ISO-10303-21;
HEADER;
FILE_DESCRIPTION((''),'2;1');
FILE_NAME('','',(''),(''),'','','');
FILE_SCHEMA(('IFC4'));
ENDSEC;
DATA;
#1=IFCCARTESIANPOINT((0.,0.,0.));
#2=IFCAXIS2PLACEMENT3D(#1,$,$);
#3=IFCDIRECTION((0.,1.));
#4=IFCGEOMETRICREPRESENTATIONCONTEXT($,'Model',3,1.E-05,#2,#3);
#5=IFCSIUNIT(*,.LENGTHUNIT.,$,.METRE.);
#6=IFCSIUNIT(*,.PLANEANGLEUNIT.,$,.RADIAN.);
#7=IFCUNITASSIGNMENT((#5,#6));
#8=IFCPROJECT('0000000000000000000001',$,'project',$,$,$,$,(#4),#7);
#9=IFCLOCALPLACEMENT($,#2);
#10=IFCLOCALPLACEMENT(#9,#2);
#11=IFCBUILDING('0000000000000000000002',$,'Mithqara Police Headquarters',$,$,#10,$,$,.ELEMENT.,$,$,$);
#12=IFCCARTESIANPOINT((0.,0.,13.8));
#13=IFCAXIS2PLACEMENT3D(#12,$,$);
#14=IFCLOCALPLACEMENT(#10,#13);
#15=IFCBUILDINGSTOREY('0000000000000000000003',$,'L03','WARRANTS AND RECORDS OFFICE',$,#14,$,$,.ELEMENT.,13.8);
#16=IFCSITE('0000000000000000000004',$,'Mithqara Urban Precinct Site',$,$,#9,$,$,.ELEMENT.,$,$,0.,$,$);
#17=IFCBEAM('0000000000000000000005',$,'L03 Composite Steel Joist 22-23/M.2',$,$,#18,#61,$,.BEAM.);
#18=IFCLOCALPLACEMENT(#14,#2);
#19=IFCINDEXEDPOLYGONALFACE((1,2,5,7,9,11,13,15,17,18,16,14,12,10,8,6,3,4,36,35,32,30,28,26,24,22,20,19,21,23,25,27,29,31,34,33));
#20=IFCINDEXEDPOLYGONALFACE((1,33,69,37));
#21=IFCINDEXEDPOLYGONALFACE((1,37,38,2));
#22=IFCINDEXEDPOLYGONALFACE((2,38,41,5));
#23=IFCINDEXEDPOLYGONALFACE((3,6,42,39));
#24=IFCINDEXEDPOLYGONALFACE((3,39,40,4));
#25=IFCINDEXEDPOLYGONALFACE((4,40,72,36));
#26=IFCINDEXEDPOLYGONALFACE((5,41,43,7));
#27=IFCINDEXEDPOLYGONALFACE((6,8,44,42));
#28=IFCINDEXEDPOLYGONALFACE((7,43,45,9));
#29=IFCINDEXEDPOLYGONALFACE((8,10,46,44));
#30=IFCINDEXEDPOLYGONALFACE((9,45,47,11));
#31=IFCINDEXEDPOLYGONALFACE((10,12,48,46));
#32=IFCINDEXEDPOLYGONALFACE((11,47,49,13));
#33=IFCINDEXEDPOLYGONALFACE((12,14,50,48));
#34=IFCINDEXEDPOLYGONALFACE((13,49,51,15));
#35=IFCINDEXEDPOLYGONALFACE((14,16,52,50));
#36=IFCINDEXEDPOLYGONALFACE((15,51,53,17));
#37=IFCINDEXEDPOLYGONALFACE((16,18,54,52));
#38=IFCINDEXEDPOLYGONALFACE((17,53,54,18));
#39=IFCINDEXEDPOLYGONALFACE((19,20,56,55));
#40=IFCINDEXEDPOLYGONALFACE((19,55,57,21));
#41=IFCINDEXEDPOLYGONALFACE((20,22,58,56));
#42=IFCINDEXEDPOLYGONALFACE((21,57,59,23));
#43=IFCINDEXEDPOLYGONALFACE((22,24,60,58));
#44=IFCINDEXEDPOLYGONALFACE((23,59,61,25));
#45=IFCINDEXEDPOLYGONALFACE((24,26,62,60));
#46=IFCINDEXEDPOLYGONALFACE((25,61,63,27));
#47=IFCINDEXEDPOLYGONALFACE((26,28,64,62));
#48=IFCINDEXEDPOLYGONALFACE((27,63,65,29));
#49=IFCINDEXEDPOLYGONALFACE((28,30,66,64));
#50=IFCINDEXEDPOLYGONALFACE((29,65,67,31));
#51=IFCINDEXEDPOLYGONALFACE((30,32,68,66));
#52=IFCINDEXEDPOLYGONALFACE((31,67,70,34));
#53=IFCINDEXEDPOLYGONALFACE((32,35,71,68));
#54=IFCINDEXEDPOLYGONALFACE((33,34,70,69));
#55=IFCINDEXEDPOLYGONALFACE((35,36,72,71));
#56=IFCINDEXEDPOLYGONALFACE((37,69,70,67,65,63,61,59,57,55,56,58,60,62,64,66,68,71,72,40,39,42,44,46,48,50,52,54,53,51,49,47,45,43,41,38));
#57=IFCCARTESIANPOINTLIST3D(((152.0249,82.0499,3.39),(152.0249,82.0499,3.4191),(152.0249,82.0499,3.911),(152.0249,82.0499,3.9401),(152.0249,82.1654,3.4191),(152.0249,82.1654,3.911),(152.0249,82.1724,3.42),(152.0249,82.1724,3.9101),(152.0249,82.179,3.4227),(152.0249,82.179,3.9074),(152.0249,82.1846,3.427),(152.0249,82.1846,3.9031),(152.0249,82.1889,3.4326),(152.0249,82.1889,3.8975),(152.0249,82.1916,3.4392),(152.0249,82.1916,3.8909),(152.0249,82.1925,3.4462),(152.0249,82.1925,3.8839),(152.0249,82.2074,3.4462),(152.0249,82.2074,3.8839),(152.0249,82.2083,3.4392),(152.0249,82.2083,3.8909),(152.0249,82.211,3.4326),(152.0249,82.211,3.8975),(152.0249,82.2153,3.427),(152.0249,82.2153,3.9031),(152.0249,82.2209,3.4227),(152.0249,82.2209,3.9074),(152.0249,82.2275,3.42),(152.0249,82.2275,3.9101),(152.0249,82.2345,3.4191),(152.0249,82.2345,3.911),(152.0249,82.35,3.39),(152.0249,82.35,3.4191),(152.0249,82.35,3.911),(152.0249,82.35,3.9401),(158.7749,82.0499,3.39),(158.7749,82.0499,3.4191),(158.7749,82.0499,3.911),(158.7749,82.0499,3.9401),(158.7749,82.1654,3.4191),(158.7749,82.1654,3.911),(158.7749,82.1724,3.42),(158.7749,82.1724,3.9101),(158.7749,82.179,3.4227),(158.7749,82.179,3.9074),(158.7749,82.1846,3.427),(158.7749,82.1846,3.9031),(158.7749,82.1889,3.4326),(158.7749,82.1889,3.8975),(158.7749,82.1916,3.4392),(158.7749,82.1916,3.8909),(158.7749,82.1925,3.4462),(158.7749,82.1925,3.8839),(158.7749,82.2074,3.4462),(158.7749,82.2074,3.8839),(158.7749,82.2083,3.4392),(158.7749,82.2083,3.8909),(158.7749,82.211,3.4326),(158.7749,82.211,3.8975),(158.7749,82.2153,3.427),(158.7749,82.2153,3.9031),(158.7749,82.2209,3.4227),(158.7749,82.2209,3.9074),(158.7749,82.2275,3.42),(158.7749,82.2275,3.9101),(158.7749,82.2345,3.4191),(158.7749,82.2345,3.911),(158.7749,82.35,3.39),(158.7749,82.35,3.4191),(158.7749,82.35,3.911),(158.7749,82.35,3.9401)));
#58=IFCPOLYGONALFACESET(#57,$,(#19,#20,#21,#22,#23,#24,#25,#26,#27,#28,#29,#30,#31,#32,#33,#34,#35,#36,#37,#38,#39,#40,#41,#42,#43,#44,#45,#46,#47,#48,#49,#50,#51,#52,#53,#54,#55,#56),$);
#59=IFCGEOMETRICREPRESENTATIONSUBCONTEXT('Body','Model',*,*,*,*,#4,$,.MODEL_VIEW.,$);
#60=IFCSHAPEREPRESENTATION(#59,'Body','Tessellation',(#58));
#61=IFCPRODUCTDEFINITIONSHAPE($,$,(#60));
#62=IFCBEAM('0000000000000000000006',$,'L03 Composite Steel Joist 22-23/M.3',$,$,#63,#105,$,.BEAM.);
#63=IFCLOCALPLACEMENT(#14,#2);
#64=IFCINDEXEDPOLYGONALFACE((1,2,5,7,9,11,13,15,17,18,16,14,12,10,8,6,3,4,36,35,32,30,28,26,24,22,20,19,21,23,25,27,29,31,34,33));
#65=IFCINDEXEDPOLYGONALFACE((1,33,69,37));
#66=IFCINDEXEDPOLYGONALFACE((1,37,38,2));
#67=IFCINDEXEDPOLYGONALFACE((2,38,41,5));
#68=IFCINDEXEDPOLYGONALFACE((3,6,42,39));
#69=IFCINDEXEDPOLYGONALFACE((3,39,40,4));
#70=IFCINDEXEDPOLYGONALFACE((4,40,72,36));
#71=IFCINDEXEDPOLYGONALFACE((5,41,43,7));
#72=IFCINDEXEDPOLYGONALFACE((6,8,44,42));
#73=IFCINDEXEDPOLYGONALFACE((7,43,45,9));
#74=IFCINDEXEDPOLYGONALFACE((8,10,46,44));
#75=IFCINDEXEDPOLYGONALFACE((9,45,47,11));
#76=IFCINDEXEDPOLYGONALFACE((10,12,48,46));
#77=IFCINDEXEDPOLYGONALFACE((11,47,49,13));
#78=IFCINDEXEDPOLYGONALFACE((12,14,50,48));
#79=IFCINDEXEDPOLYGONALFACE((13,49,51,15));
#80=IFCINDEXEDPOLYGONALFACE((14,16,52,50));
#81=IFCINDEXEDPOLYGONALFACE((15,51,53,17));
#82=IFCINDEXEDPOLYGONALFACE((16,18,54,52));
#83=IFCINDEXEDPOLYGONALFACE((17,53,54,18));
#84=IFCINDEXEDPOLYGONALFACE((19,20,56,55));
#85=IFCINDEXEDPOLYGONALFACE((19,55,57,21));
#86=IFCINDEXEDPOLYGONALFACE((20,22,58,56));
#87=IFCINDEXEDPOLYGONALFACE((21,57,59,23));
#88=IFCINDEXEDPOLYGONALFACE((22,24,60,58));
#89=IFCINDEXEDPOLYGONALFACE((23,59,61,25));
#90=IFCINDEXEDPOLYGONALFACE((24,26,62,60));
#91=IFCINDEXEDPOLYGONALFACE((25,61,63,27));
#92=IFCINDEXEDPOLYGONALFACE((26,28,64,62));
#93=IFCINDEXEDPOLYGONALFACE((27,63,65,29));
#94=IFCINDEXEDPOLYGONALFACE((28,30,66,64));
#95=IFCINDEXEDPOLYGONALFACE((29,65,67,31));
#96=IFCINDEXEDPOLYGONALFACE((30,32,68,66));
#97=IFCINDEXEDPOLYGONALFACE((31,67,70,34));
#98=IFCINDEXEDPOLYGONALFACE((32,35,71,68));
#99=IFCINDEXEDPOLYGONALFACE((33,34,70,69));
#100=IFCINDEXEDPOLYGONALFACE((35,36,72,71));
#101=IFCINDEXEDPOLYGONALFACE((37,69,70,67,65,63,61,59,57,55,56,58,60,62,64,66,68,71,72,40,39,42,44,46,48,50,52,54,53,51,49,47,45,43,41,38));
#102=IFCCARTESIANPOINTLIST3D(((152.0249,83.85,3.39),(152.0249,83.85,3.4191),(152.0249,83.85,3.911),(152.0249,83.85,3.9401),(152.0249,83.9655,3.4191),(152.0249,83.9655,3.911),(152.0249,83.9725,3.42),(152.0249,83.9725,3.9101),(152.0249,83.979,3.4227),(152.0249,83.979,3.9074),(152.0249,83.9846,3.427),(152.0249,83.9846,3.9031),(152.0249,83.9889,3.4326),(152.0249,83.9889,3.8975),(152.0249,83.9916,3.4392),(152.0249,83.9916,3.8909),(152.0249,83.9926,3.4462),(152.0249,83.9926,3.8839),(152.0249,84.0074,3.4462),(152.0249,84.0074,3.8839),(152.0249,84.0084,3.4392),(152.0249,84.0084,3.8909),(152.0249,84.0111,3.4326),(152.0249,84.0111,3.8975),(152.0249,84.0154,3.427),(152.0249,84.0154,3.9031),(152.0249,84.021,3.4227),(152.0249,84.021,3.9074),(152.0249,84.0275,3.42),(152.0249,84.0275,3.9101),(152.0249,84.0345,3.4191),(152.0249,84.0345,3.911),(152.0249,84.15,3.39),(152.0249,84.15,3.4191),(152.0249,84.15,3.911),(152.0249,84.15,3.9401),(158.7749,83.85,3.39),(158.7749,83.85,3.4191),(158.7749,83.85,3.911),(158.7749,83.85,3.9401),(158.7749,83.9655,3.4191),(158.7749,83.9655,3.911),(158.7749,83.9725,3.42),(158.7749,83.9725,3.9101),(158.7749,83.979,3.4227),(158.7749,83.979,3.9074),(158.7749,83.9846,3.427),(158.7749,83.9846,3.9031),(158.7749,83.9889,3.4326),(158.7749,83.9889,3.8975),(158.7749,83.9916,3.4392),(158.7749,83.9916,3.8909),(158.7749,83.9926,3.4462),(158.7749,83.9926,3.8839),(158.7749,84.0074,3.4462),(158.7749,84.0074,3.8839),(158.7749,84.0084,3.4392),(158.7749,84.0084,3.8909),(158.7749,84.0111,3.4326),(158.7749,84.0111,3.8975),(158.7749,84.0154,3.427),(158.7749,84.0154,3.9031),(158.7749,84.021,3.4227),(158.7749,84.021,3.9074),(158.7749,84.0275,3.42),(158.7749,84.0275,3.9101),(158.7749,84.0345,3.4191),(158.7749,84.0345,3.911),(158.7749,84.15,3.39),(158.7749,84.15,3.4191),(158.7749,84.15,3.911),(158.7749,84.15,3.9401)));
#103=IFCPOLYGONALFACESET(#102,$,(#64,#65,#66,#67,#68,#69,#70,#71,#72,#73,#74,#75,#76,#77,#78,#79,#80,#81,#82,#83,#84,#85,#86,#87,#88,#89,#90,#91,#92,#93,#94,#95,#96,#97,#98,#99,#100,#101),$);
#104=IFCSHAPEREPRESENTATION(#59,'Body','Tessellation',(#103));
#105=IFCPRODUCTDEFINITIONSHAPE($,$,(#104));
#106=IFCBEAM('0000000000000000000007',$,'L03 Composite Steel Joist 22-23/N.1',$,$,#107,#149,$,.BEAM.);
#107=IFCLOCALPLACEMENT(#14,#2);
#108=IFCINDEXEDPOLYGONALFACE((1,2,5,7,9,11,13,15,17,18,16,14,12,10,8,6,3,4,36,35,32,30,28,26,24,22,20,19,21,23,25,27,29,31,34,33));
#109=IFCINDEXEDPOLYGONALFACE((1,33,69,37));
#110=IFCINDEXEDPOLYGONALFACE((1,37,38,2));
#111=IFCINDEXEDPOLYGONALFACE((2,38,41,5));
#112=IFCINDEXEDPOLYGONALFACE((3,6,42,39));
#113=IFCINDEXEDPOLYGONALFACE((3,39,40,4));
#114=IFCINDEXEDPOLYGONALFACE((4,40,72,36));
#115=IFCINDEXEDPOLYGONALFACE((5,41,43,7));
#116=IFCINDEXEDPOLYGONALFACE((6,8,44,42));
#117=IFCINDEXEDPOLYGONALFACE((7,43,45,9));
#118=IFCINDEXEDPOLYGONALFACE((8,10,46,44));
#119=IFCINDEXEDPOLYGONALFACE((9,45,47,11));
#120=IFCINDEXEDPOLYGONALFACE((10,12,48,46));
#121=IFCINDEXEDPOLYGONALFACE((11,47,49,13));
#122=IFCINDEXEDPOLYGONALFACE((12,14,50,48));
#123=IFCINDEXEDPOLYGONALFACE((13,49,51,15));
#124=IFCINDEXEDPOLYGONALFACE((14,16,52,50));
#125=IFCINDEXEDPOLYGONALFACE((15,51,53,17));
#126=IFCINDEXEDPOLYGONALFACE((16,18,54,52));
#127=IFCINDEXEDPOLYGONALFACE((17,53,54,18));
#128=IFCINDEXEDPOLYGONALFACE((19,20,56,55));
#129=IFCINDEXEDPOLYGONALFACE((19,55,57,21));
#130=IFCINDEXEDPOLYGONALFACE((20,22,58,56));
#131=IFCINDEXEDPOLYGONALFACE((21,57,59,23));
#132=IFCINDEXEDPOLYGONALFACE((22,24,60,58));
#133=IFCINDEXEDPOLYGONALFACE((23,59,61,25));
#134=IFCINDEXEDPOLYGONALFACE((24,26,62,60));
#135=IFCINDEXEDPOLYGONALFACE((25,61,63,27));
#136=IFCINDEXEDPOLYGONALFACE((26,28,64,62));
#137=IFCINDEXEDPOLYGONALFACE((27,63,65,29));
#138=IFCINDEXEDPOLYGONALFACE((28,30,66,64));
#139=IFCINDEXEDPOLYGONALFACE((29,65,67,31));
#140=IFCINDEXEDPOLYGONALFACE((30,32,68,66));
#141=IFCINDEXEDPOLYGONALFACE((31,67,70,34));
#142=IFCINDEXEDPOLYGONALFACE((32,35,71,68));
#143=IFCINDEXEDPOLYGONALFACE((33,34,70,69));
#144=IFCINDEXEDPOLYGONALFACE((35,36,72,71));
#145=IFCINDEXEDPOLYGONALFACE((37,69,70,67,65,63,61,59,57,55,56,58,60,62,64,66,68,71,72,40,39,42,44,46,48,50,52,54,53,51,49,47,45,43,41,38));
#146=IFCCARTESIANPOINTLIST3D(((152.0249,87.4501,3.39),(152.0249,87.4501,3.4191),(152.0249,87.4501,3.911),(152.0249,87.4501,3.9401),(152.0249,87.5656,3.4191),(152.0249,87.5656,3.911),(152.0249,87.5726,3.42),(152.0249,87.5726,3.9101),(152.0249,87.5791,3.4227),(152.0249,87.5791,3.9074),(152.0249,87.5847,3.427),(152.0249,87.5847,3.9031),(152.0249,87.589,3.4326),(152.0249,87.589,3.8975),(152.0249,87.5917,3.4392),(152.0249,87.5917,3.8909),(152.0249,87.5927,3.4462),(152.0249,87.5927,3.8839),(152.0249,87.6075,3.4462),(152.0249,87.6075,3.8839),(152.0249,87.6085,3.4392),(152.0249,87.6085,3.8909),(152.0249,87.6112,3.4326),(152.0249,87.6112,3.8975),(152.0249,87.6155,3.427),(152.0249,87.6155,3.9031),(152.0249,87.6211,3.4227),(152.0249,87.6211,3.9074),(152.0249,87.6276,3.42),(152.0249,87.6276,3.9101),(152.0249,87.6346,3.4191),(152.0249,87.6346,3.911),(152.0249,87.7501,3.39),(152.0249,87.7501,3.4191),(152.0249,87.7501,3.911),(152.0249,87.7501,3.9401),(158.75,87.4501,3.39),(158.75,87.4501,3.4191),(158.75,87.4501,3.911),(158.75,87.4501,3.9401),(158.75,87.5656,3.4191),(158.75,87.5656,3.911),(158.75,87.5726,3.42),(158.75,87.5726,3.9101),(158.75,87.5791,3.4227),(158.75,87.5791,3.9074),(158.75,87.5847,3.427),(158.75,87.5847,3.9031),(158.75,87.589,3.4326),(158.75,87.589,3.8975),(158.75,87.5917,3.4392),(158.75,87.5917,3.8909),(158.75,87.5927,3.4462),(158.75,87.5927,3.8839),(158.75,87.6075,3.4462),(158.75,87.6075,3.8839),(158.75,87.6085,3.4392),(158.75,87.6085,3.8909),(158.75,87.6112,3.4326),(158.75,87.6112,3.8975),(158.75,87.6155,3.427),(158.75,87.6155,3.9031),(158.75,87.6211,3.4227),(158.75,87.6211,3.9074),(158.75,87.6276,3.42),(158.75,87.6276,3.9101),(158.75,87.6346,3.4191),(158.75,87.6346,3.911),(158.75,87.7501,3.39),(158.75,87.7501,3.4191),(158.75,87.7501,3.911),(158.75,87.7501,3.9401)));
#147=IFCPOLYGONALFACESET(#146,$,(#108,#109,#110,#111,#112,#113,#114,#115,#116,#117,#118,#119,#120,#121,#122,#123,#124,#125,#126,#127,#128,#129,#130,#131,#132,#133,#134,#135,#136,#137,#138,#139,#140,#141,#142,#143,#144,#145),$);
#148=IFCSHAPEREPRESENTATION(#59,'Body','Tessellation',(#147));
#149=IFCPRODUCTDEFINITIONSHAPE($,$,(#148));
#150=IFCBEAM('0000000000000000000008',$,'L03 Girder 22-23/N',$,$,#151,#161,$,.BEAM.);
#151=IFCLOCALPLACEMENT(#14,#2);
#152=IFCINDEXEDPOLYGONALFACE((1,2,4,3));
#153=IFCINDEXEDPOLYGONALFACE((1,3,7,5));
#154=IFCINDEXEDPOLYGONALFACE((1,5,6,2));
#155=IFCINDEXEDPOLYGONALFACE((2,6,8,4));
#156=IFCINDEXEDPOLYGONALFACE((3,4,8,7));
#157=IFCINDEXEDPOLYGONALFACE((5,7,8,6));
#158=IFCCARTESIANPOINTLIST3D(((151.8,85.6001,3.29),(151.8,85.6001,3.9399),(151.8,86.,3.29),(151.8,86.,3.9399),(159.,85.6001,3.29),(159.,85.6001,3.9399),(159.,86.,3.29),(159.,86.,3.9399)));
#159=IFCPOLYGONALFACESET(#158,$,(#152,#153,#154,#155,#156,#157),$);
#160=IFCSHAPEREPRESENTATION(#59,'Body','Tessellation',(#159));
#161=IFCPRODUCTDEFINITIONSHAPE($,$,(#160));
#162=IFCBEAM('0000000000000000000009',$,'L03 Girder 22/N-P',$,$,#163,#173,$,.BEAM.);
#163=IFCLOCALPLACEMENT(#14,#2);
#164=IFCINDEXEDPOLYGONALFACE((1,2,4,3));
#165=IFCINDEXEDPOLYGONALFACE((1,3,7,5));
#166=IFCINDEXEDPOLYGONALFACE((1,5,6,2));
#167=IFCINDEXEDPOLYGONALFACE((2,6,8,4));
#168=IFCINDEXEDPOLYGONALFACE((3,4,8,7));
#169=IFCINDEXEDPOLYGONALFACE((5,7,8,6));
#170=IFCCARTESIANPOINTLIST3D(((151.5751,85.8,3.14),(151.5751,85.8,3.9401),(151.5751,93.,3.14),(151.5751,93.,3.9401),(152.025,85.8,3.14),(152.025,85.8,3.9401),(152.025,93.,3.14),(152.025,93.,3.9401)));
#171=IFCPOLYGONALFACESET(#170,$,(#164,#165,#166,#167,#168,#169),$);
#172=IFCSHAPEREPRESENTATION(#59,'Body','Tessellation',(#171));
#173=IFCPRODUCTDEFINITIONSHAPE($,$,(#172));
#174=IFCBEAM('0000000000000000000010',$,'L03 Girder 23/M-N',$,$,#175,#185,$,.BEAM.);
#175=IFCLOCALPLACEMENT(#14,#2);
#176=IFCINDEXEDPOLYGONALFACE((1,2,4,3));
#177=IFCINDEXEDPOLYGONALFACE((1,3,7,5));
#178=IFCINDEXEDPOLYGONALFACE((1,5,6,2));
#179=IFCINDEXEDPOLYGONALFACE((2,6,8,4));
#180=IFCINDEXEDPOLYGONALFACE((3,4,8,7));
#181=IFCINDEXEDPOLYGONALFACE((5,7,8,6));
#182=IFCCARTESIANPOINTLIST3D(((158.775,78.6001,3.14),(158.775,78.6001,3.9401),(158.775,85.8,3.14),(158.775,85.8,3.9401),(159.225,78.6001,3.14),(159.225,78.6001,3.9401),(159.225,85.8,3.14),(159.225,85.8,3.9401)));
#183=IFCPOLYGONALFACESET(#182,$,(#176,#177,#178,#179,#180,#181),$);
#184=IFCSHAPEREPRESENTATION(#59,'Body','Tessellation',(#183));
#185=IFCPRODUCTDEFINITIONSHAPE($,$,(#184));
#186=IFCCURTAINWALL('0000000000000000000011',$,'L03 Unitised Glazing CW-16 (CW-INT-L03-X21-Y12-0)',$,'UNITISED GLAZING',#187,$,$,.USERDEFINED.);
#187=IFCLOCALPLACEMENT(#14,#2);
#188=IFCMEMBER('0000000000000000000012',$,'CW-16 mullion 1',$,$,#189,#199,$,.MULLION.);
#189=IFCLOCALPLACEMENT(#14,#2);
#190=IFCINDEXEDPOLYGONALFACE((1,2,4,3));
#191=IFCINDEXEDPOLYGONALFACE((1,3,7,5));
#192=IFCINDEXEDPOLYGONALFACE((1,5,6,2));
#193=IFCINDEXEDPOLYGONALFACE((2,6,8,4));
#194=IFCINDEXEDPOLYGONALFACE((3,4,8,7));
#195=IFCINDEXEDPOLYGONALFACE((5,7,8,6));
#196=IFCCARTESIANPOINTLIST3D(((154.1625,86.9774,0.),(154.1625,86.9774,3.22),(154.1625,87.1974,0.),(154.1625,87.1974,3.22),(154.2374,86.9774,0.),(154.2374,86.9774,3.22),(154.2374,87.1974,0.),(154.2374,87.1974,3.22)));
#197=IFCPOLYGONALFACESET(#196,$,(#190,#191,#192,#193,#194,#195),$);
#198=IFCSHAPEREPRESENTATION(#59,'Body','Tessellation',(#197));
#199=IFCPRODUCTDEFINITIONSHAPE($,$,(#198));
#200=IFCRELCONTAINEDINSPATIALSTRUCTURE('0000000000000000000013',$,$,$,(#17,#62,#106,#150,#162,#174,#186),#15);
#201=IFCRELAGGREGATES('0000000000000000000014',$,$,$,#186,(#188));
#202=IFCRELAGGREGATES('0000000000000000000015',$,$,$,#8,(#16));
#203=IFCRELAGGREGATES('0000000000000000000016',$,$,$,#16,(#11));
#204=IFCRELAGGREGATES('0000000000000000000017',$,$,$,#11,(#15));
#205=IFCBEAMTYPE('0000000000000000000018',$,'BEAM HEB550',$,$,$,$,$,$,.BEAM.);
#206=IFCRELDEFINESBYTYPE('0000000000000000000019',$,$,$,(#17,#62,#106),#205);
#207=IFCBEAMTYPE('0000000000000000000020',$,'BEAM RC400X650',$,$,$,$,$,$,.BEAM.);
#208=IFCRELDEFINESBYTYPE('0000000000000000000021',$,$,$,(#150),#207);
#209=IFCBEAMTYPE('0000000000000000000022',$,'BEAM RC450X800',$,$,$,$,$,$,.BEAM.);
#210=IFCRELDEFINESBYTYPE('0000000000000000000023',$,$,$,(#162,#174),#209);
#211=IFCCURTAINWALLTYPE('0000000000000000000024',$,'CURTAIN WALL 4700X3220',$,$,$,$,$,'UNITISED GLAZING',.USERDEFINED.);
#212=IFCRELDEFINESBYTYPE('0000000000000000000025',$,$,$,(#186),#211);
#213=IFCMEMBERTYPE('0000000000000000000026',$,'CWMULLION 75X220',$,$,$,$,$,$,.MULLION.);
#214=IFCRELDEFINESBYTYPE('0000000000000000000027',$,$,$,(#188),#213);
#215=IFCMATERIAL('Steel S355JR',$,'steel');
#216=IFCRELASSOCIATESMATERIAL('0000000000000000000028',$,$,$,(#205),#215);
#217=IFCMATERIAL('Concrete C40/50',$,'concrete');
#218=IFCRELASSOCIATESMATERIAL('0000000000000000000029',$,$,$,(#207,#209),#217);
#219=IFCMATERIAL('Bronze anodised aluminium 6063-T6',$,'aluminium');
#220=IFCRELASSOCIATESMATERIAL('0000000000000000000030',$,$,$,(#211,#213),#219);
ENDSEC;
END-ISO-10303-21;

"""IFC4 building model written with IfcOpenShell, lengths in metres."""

from ifc_helpers import new_model, si_unit, direction, frame, origin, origin_2d, place, context, subcontext, project, spatial, rectangle, i_section, extrude, material, material_profile, profile_set, type_object, element, aggregate, save


model = new_model("IFC4")

# Units and contexts
model_context = context("Model", 3, precision=1e-05, world=origin(), true_north=direction((0.0, 1.0)))
body_context = subcontext(model_context, "Body", "Model", "MODEL_VIEW")
ifc_project = project(units=[si_unit("LENGTHUNIT", "METRE"), si_unit("PLANEANGLEUNIT", "RADIAN")], contexts=[model_context])

# Site, building, storey
site_placement = place(None, origin())
site = spatial("IfcSite", under=ifc_project, at=site_placement, Name="Mithqara Urban Precinct Site", CompositionType="ELEMENT", RefElevation=0.0)
building_placement = place(site_placement, origin())
building = spatial("IfcBuilding", under=site, at=building_placement, Name="Mithqara Police Headquarters", CompositionType="ELEMENT")
storey_placement = place(building_placement, frame((0.0, 0.0, 13.8)))
storey = spatial("IfcBuildingStorey", under=building, at=storey_placement, Name="L03", Description="WARRANTS AND RECORDS OFFICE", CompositionType="ELEMENT", Elevation=13.8)

# Beams
ifc_material_1 = material(Name="Steel S355JR", Category="steel")
ifc_material_profile_1 = material_profile(ifc_material_1, i_section(OverallWidth=0.3, OverallDepth=0.55, WebThickness=0.0149, FlangeThickness=0.0291, FilletRadius=0.0271, at=origin_2d()), Name="HEB 550")
ifc_profile_set_1 = profile_set([ifc_material_profile_1], Name="Steel S355JR")
beam_type_1 = type_object("IfcBeamType", Name="BEAM HEB550", PredefinedType="BEAM", material=ifc_profile_set_1)
for number, where, z_axis, x_axis, name in (
    (1, (152.0249, 82.2, 3.665), (1.0, 0.0, 0.0), (0.0, 1.0, 0.0), "L03 Composite Steel Joist 22-23/M.2"),
    (2, (152.0249, 84.0, 3.665), (1.0, 0.0, 0.0), (0.0, 1.0, 0.0), "L03 Composite Steel Joist 22-23/M.3"),
):
    element("IfcBeam", number, at=place(storey_placement, frame(where, z_axis=z_axis, x_axis=x_axis)), inside=storey, type_object=beam_type_1, Name=name, PredefinedType="BEAM", context=body_context, shape_type="SweptSolid", body=[
        extrude(i_section(OverallWidth=0.3, OverallDepth=0.55, WebThickness=0.0149, FlangeThickness=0.0291, FilletRadius=0.0271, at=origin_2d()), origin(), (0.0, 0.0, 1.0), 6.75),
    ])
beam_1_placement = place(storey_placement, frame((152.0249, 87.6001, 3.665), z_axis=(1.0, 0.0, 0.0), x_axis=(0.0, 1.0, 0.0)))
element("IfcBeam", 3, at=beam_1_placement, inside=storey, type_object=beam_type_1, Name="L03 Composite Steel Joist 22-23/N.1", PredefinedType="BEAM", context=body_context, shape_type="SweptSolid", body=[
    extrude(i_section(OverallWidth=0.3, OverallDepth=0.55, WebThickness=0.0149, FlangeThickness=0.0291, FilletRadius=0.0271, at=origin_2d()), origin(), (0.0, 0.0, 1.0), 6.7251),
])
ifc_material_2 = material(Name="Concrete C40/50", Category="concrete")
ifc_material_profile_2 = material_profile(ifc_material_2, rectangle(XDim=0.3999, YDim=0.6499, at=origin_2d()), Name="RC 400x650")
ifc_profile_set_2 = profile_set([ifc_material_profile_2], Name="Concrete C40/50")
beam_type_2 = type_object("IfcBeamType", Name="BEAM RC400X650", PredefinedType="BEAM", material=ifc_profile_set_2)
beam_2_placement = place(storey_placement, frame((151.8, 85.8, 3.615), z_axis=(1.0, 0.0, 0.0), x_axis=(0.0, 1.0, 0.0)))
element("IfcBeam", 4, at=beam_2_placement, inside=storey, type_object=beam_type_2, Name="L03 Girder 22-23/N", PredefinedType="BEAM", context=body_context, shape_type="SweptSolid", body=[
    extrude(rectangle(XDim=0.3999, YDim=0.6499, at=origin_2d()), origin(), (0.0, 0.0, 1.0), 7.2),
])
ifc_material_profile_3 = material_profile(ifc_material_2, rectangle(XDim=0.45, YDim=0.8, at=origin_2d()), Name="RC 450x800")
ifc_profile_set_3 = profile_set([ifc_material_profile_3], Name="Concrete C40/50")
beam_type_3 = type_object("IfcBeamType", Name="BEAM RC450X800", PredefinedType="BEAM", material=ifc_profile_set_3)
for number, where, z_axis, x_axis, name in (
    (5, (151.8, 85.8, 3.54), (0.0, 1.0, 0.0), (-1.0, 0.0, 0.0), "L03 Girder 22/N-P"),
    (6, (159.0, 78.6001, 3.54), (0.0, 1.0, 0.0), (-1.0, 0.0, 0.0), "L03 Girder 23/M-N"),
):
    element("IfcBeam", number, at=place(storey_placement, frame(where, z_axis=z_axis, x_axis=x_axis)), inside=storey, type_object=beam_type_3, Name=name, PredefinedType="BEAM", context=body_context, shape_type="SweptSolid", body=[
        extrude(rectangle(XDim=0.45, YDim=0.8, at=origin_2d()), origin(), (0.0, 0.0, 1.0), 7.2),
    ])

# Curtain wall, member
ifc_material_3 = material(Name="Bronze anodised aluminium 6063-T6", Category="aluminium")
curtain_wall_type = type_object("IfcCurtainWallType", Name="CURTAIN WALL 4700X3220", ElementType="UNITISED GLAZING", PredefinedType="USERDEFINED", material=ifc_material_3)
curtain_wall_placement = place(storey_placement, origin())
curtain_wall = element("IfcCurtainWall", 7, at=curtain_wall_placement, inside=storey, type_object=curtain_wall_type, Name="L03 Unitised Glazing CW-16 (CW-INT-L03-X21-Y12-0)", ObjectType="UNITISED GLAZING", PredefinedType="USERDEFINED")
ifc_material_profile_4 = material_profile(ifc_material_3, rectangle(XDim=0.075, YDim=0.22, at=origin_2d()), Name="CWM 75x220")
ifc_profile_set_4 = profile_set([ifc_material_profile_4], Name="Bronze anodised aluminium 6063-T6")
member_type_1 = type_object("IfcMemberType", Name="CWMULLION 75X220", PredefinedType="MULLION", material=ifc_profile_set_4)
member_1_placement = place(storey_placement, frame((154.2, 87.0874, 0.0), z_axis=(0.0, 0.0, 1.0), x_axis=(-1.0, 0.0, 0.0)))
member_1 = element("IfcMember", 8, at=member_1_placement, type_object=member_type_1, Name="CW-16 mullion 1", PredefinedType="MULLION", context=body_context, shape_type="SweptSolid", body=[
    extrude(rectangle(XDim=0.075, YDim=0.22, at=origin_2d()), origin(), (0.0, 0.0, 1.0), 3.22),
])
aggregate(curtain_wall, [member_1])

save(model, "model.ifc")
